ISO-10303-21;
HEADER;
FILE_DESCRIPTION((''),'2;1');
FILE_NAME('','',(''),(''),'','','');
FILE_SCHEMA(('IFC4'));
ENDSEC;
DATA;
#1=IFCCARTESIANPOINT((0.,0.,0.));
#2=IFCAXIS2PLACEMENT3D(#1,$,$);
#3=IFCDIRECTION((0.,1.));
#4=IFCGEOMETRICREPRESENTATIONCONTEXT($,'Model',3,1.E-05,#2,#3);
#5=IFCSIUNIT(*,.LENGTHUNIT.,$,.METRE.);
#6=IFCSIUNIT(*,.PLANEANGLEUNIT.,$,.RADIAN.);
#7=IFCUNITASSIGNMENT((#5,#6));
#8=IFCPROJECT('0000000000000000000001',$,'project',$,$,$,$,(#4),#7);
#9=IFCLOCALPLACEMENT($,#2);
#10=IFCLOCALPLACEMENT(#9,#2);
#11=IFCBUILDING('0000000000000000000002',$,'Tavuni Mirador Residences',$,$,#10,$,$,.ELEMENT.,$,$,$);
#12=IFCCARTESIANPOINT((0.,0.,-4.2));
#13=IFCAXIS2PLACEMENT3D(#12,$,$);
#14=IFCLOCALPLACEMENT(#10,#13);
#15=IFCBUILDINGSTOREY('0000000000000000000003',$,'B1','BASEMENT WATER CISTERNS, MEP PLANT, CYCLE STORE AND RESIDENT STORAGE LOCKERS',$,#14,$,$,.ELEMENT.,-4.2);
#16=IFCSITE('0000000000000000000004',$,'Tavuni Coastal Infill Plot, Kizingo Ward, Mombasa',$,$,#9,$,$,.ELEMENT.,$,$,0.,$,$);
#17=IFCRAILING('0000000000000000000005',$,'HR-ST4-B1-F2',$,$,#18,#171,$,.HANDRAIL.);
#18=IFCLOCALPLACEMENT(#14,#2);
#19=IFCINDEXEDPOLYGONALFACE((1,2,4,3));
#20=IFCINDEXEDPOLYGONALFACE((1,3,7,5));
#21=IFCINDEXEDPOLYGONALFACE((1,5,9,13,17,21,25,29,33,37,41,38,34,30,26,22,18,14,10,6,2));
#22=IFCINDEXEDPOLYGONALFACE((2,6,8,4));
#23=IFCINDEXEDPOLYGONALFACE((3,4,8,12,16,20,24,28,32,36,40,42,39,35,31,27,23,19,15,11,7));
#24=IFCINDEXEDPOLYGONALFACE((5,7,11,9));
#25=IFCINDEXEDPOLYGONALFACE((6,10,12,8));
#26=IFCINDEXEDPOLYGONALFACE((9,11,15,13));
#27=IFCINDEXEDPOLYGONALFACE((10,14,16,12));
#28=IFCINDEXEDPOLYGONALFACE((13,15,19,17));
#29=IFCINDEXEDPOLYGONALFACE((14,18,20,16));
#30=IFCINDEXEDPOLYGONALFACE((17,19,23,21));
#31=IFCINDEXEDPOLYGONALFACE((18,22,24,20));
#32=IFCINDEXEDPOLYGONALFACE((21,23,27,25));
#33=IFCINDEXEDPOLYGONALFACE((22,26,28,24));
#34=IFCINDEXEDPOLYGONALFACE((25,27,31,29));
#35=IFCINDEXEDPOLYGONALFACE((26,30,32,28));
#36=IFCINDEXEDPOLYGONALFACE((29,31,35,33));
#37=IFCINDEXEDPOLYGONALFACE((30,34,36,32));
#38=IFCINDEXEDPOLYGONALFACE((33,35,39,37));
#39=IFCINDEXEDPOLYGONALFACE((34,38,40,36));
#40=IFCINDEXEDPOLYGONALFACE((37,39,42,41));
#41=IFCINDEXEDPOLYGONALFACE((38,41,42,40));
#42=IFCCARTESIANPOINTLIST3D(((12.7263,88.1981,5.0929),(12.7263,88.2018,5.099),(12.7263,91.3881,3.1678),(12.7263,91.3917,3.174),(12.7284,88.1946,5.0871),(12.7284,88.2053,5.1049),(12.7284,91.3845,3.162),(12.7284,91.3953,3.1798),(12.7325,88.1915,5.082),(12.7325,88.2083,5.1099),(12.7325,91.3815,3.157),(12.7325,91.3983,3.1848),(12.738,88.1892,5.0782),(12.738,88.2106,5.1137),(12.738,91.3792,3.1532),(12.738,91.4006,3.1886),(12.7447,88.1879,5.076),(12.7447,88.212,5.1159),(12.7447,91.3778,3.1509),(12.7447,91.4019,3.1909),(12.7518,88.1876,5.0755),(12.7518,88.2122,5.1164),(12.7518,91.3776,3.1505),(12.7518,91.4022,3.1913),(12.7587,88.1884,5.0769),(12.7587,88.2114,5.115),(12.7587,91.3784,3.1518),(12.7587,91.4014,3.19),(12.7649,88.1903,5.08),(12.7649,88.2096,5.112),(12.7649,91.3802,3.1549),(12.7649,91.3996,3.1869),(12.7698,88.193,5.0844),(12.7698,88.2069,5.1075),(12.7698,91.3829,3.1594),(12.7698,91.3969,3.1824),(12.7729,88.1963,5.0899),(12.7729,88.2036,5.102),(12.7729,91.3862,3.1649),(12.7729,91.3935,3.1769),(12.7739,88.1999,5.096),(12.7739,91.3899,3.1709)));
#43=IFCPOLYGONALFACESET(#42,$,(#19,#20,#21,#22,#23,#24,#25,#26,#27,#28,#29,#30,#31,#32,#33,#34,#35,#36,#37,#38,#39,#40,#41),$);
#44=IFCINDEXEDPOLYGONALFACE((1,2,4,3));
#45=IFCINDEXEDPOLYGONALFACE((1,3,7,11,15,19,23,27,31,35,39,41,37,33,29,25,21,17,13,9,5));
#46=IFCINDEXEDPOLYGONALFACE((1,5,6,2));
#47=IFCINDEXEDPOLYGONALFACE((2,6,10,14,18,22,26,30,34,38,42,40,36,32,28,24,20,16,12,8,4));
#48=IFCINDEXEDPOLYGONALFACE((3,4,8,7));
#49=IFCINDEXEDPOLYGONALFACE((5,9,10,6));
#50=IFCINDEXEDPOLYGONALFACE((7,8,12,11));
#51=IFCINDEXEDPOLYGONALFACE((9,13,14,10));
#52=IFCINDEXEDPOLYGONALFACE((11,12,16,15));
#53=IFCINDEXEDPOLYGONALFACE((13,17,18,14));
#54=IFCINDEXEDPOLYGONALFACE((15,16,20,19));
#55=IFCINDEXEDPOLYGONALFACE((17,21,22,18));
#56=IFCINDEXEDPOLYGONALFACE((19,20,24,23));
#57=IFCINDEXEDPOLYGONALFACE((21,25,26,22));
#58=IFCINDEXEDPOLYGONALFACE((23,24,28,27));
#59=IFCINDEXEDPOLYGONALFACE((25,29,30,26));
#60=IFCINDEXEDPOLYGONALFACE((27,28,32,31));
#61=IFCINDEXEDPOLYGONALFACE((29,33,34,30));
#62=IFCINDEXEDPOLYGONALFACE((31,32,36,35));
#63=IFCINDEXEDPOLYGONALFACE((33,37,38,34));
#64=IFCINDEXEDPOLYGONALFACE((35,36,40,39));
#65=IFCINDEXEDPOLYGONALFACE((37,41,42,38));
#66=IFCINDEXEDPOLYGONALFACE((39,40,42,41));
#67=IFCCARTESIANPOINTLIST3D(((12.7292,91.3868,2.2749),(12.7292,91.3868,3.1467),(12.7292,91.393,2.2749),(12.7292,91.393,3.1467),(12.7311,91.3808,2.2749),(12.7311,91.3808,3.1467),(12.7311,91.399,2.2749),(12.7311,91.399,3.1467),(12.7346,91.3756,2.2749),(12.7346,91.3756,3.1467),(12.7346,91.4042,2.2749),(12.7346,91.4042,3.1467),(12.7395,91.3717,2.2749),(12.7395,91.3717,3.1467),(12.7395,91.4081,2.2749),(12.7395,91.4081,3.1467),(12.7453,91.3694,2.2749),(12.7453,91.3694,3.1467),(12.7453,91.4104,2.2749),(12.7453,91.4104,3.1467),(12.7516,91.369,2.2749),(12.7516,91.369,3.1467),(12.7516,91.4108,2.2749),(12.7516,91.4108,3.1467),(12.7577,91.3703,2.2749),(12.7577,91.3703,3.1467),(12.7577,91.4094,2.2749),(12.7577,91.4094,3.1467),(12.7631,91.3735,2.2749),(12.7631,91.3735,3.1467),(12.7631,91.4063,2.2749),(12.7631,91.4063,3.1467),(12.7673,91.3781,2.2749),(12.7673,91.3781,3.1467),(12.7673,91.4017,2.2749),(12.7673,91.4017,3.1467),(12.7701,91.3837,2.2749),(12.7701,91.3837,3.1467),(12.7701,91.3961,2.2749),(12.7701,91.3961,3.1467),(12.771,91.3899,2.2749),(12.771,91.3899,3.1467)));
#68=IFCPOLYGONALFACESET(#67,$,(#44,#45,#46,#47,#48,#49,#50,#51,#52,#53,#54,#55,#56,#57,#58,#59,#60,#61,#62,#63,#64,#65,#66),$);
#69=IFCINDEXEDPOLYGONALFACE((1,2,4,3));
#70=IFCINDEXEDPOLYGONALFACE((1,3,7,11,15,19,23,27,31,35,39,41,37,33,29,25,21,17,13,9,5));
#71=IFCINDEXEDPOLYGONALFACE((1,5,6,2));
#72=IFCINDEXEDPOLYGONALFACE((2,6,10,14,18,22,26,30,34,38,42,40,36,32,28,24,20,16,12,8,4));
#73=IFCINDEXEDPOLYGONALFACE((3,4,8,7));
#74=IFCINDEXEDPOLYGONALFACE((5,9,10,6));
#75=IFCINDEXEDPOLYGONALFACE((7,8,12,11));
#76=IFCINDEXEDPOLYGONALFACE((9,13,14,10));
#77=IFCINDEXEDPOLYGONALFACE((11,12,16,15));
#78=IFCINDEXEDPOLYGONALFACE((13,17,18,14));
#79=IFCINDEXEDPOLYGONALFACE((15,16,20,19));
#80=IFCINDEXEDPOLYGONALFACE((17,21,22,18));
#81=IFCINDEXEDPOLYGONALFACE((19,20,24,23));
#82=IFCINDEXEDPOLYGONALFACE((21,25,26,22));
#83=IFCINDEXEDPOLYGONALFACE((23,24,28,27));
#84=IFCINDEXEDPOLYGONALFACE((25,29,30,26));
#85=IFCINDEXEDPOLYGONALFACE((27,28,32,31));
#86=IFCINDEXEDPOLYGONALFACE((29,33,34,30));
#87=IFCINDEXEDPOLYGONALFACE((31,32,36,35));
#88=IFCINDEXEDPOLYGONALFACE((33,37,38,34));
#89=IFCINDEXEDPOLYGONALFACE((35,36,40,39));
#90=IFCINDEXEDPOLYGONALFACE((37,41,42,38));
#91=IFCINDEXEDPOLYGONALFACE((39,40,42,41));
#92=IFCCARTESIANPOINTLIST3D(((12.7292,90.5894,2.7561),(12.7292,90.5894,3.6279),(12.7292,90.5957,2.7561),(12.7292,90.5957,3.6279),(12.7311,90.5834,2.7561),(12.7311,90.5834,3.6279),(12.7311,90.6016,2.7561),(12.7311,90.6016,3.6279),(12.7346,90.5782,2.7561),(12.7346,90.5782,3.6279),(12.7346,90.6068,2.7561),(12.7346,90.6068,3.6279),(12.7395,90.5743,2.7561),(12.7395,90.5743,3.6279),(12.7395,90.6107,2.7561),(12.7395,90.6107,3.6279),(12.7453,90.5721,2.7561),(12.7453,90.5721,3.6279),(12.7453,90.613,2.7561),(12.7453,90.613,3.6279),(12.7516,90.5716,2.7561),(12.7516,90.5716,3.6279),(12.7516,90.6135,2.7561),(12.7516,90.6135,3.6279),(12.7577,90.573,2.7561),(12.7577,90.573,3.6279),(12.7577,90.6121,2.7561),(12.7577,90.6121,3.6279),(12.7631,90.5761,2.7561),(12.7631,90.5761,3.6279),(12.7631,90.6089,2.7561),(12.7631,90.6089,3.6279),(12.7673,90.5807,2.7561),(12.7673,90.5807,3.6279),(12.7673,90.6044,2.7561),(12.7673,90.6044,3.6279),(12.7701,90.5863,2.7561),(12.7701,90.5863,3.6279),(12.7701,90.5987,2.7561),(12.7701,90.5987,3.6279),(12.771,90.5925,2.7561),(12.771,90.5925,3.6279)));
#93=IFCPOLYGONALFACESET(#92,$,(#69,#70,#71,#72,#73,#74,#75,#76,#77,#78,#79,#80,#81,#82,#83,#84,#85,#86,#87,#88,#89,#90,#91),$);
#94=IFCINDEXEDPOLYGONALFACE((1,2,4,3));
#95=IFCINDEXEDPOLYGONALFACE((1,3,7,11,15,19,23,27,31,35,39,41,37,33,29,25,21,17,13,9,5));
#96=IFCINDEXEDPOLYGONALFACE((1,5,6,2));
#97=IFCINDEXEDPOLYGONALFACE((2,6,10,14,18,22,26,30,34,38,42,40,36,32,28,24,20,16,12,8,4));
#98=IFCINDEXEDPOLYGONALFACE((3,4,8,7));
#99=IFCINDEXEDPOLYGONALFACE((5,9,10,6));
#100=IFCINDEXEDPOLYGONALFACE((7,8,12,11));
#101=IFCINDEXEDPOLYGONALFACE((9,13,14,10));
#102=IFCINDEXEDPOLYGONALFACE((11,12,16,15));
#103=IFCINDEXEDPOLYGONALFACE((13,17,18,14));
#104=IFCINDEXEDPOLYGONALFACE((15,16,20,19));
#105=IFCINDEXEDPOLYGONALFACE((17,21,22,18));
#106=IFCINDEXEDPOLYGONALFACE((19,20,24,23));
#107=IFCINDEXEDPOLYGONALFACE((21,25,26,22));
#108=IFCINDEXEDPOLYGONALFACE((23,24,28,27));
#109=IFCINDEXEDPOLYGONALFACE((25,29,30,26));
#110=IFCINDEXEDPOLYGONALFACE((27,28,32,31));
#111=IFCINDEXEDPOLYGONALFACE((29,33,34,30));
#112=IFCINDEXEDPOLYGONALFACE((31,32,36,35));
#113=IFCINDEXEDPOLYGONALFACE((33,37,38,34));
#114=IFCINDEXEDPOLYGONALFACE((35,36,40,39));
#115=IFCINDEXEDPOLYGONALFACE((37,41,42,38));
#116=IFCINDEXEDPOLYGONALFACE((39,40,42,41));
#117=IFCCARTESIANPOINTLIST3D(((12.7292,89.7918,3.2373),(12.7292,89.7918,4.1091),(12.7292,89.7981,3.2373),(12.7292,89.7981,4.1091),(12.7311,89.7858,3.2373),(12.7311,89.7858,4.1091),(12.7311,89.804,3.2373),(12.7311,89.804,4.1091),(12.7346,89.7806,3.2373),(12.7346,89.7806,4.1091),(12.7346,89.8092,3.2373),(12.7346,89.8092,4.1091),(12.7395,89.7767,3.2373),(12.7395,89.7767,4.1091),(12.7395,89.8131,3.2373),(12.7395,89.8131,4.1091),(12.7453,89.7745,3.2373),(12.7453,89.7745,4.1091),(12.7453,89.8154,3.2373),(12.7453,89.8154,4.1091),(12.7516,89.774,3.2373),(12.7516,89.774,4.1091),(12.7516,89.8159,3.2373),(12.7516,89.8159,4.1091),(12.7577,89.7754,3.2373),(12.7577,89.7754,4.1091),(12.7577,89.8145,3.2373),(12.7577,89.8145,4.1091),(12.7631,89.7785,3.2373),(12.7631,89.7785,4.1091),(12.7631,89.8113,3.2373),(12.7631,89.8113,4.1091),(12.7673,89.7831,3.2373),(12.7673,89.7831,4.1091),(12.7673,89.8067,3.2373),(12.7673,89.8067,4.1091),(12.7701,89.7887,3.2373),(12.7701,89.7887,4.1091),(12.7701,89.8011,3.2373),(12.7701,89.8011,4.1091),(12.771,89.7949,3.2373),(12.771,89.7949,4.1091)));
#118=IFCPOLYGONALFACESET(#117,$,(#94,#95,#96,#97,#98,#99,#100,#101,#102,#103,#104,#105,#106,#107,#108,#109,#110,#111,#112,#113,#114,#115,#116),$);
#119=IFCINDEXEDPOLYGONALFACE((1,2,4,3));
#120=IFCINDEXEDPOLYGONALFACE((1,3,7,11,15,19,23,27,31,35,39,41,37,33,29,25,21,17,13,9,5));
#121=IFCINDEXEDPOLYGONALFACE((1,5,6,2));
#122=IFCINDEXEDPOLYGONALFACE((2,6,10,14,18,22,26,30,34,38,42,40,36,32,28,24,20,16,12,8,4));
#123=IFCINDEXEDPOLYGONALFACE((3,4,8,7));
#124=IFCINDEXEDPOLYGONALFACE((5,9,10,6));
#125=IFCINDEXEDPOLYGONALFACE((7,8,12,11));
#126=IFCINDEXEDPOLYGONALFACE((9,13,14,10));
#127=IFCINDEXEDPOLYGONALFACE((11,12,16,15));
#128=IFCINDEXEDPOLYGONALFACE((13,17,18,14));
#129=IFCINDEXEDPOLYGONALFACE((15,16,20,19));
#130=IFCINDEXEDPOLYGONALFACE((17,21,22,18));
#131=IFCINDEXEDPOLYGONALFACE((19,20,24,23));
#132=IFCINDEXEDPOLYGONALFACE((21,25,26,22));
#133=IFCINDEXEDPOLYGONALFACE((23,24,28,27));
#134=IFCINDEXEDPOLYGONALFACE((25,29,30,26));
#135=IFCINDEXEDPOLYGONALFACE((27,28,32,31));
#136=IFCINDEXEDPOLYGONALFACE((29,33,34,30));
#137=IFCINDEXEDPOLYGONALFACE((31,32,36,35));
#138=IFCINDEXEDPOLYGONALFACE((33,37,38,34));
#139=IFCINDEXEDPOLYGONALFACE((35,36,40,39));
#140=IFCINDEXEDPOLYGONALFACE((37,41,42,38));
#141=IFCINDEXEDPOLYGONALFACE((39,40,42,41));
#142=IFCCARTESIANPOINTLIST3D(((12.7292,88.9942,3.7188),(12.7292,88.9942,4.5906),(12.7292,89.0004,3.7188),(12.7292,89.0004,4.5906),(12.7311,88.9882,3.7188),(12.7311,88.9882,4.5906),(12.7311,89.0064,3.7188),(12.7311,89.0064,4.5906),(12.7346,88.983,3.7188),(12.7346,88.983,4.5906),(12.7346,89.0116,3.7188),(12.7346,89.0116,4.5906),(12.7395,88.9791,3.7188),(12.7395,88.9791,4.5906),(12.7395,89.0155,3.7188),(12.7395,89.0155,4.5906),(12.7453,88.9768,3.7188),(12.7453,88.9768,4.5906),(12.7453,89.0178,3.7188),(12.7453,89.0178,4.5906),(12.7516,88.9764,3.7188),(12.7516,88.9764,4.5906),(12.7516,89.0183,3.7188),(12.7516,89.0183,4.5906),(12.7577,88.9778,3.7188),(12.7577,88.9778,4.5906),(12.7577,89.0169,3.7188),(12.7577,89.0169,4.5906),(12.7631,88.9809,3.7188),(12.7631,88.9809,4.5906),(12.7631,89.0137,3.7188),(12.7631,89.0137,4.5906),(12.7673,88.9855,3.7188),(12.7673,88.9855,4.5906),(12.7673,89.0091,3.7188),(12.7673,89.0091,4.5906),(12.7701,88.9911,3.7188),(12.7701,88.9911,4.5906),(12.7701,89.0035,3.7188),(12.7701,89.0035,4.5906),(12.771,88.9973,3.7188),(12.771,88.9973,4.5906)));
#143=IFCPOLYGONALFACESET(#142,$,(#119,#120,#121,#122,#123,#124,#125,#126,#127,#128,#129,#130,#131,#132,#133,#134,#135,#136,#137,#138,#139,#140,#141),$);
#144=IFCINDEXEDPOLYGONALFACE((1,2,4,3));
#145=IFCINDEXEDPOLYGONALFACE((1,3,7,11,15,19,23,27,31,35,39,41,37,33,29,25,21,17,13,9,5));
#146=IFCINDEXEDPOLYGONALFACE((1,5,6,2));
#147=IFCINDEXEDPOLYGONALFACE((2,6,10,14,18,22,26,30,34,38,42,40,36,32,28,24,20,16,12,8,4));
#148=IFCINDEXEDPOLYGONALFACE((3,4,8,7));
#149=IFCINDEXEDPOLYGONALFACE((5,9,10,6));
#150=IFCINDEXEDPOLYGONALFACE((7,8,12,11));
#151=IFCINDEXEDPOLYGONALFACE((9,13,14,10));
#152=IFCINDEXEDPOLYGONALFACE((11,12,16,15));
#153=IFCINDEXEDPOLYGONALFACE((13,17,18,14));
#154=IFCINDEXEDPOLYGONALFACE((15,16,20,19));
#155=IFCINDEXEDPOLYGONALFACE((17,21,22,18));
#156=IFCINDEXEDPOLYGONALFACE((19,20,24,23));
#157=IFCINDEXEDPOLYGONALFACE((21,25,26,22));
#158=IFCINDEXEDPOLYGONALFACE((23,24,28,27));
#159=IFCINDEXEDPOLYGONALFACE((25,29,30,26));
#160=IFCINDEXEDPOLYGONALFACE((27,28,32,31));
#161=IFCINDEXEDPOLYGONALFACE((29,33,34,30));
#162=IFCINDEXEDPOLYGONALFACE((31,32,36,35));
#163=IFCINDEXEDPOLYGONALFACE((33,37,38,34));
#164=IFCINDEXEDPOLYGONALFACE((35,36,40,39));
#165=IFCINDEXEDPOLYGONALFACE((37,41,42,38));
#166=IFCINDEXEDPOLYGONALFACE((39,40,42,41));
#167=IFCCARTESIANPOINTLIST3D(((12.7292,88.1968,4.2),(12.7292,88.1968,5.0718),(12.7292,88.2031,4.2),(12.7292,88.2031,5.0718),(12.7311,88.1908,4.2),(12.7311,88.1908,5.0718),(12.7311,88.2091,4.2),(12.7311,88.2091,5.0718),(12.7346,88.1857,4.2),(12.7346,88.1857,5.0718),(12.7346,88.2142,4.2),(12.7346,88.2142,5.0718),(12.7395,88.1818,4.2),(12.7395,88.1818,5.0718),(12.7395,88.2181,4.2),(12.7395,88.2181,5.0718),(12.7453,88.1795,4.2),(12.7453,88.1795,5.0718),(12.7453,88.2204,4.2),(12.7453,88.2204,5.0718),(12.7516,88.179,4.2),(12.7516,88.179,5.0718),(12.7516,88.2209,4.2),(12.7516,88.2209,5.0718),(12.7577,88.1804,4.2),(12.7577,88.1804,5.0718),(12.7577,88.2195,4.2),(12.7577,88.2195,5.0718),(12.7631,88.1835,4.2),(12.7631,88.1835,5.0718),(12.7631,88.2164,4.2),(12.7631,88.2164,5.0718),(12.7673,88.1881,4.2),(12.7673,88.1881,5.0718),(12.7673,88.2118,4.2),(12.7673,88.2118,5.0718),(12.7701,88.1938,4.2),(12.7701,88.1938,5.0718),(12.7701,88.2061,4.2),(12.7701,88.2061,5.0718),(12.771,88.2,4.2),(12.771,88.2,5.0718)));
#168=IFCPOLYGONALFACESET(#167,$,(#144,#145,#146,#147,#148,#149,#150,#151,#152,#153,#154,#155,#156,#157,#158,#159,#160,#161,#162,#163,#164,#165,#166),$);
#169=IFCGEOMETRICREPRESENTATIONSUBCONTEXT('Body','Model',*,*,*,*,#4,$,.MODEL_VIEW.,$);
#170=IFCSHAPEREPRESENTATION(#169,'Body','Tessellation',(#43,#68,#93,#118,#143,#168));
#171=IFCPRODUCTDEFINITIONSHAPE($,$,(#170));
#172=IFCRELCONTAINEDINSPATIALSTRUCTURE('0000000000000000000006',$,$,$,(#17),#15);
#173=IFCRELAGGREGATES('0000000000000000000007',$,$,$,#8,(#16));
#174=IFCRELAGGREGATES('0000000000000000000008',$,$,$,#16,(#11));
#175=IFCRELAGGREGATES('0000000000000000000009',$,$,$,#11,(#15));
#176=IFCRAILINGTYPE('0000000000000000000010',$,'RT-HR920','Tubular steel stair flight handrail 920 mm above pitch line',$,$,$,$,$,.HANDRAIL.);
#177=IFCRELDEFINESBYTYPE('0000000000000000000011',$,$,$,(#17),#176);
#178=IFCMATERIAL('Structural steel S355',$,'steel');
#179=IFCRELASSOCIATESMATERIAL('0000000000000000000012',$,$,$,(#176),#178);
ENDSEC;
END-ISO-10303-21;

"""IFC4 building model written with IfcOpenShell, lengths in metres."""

from ifc_helpers import new_model, si_unit, direction, frame, origin, origin_2d, place, context, subcontext, project, spatial, circle, extrude, material, type_object, element, save


model = new_model("IFC4")

# Units and contexts
model_context = context("Model", 3, precision=1e-05, world=origin(), true_north=direction((0.0, 1.0)))
body_context = subcontext(model_context, "Body", "Model", "MODEL_VIEW")
ifc_project = project(units=[si_unit("LENGTHUNIT", "METRE"), si_unit("PLANEANGLEUNIT", "RADIAN")], contexts=[model_context])

# Site, building, storey
site_placement = place(None, origin())
site = spatial("IfcSite", under=ifc_project, at=site_placement, Name="Tavuni Coastal Infill Plot, Kizingo Ward, Mombasa", CompositionType="ELEMENT", RefElevation=0.0)
building_placement = place(site_placement, origin())
building = spatial("IfcBuilding", under=site, at=building_placement, Name="Tavuni Mirador Residences", CompositionType="ELEMENT")
storey_placement = place(building_placement, frame((0.0, 0.0, -4.2)))
storey = spatial("IfcBuildingStorey", under=building, at=storey_placement, Name="B1", Description="BASEMENT WATER CISTERNS, MEP PLANT, CYCLE STORE AND RESIDENT STORAGE LOCKERS", CompositionType="ELEMENT", Elevation=-4.2)

# Shared definitions
ifc_material_1 = material(Name="Structural steel S355", Category="steel")

# Railing
railing_type_1 = type_object("IfcRailingType", Name="RT-HR920", Description="Tubular steel stair flight handrail 920 mm above pitch line", PredefinedType="HANDRAIL", material=ifc_material_1)
railing_1_placement = place(storey_placement, frame((12.75, 91.3899, 2.2749)))
element("IfcRailing", 1, at=railing_1_placement, inside=storey, type_object=railing_type_1, Name="HR-ST4-B1-F2", PredefinedType="HANDRAIL", context=body_context, shape_type="SweptSolid", body=[
    extrude(circle(Radius=0.0239, at=origin_2d()), frame((0.0, 0.0, 0.896), z_axis=(0.0, -0.856178, 0.516682), x_axis=(1.0, 0.0, 0.0)), (0.0, 0.0, 1.0), 3.7258),
    extrude(circle(Radius=0.021, at=origin_2d()), origin(), (0.0, 0.0, 1.0), 0.8718),
    extrude(circle(Radius=0.021, at=origin_2d()), frame((0.0, -0.7974, 0.4812)), (0.0, 0.0, 1.0), 0.8718),
    extrude(circle(Radius=0.021, at=origin_2d()), frame((0.0, -1.595, 0.9624)), (0.0, 0.0, 1.0), 0.8718),
    extrude(circle(Radius=0.021, at=origin_2d()), frame((0.0, -2.3926, 1.4438)), (0.0, 0.0, 1.0), 0.8718),
    extrude(circle(Radius=0.021, at=origin_2d()), frame((0.0, -3.1899, 1.925)), (0.0, 0.0, 1.0), 0.8718),
])

save(model, "model.ifc")
